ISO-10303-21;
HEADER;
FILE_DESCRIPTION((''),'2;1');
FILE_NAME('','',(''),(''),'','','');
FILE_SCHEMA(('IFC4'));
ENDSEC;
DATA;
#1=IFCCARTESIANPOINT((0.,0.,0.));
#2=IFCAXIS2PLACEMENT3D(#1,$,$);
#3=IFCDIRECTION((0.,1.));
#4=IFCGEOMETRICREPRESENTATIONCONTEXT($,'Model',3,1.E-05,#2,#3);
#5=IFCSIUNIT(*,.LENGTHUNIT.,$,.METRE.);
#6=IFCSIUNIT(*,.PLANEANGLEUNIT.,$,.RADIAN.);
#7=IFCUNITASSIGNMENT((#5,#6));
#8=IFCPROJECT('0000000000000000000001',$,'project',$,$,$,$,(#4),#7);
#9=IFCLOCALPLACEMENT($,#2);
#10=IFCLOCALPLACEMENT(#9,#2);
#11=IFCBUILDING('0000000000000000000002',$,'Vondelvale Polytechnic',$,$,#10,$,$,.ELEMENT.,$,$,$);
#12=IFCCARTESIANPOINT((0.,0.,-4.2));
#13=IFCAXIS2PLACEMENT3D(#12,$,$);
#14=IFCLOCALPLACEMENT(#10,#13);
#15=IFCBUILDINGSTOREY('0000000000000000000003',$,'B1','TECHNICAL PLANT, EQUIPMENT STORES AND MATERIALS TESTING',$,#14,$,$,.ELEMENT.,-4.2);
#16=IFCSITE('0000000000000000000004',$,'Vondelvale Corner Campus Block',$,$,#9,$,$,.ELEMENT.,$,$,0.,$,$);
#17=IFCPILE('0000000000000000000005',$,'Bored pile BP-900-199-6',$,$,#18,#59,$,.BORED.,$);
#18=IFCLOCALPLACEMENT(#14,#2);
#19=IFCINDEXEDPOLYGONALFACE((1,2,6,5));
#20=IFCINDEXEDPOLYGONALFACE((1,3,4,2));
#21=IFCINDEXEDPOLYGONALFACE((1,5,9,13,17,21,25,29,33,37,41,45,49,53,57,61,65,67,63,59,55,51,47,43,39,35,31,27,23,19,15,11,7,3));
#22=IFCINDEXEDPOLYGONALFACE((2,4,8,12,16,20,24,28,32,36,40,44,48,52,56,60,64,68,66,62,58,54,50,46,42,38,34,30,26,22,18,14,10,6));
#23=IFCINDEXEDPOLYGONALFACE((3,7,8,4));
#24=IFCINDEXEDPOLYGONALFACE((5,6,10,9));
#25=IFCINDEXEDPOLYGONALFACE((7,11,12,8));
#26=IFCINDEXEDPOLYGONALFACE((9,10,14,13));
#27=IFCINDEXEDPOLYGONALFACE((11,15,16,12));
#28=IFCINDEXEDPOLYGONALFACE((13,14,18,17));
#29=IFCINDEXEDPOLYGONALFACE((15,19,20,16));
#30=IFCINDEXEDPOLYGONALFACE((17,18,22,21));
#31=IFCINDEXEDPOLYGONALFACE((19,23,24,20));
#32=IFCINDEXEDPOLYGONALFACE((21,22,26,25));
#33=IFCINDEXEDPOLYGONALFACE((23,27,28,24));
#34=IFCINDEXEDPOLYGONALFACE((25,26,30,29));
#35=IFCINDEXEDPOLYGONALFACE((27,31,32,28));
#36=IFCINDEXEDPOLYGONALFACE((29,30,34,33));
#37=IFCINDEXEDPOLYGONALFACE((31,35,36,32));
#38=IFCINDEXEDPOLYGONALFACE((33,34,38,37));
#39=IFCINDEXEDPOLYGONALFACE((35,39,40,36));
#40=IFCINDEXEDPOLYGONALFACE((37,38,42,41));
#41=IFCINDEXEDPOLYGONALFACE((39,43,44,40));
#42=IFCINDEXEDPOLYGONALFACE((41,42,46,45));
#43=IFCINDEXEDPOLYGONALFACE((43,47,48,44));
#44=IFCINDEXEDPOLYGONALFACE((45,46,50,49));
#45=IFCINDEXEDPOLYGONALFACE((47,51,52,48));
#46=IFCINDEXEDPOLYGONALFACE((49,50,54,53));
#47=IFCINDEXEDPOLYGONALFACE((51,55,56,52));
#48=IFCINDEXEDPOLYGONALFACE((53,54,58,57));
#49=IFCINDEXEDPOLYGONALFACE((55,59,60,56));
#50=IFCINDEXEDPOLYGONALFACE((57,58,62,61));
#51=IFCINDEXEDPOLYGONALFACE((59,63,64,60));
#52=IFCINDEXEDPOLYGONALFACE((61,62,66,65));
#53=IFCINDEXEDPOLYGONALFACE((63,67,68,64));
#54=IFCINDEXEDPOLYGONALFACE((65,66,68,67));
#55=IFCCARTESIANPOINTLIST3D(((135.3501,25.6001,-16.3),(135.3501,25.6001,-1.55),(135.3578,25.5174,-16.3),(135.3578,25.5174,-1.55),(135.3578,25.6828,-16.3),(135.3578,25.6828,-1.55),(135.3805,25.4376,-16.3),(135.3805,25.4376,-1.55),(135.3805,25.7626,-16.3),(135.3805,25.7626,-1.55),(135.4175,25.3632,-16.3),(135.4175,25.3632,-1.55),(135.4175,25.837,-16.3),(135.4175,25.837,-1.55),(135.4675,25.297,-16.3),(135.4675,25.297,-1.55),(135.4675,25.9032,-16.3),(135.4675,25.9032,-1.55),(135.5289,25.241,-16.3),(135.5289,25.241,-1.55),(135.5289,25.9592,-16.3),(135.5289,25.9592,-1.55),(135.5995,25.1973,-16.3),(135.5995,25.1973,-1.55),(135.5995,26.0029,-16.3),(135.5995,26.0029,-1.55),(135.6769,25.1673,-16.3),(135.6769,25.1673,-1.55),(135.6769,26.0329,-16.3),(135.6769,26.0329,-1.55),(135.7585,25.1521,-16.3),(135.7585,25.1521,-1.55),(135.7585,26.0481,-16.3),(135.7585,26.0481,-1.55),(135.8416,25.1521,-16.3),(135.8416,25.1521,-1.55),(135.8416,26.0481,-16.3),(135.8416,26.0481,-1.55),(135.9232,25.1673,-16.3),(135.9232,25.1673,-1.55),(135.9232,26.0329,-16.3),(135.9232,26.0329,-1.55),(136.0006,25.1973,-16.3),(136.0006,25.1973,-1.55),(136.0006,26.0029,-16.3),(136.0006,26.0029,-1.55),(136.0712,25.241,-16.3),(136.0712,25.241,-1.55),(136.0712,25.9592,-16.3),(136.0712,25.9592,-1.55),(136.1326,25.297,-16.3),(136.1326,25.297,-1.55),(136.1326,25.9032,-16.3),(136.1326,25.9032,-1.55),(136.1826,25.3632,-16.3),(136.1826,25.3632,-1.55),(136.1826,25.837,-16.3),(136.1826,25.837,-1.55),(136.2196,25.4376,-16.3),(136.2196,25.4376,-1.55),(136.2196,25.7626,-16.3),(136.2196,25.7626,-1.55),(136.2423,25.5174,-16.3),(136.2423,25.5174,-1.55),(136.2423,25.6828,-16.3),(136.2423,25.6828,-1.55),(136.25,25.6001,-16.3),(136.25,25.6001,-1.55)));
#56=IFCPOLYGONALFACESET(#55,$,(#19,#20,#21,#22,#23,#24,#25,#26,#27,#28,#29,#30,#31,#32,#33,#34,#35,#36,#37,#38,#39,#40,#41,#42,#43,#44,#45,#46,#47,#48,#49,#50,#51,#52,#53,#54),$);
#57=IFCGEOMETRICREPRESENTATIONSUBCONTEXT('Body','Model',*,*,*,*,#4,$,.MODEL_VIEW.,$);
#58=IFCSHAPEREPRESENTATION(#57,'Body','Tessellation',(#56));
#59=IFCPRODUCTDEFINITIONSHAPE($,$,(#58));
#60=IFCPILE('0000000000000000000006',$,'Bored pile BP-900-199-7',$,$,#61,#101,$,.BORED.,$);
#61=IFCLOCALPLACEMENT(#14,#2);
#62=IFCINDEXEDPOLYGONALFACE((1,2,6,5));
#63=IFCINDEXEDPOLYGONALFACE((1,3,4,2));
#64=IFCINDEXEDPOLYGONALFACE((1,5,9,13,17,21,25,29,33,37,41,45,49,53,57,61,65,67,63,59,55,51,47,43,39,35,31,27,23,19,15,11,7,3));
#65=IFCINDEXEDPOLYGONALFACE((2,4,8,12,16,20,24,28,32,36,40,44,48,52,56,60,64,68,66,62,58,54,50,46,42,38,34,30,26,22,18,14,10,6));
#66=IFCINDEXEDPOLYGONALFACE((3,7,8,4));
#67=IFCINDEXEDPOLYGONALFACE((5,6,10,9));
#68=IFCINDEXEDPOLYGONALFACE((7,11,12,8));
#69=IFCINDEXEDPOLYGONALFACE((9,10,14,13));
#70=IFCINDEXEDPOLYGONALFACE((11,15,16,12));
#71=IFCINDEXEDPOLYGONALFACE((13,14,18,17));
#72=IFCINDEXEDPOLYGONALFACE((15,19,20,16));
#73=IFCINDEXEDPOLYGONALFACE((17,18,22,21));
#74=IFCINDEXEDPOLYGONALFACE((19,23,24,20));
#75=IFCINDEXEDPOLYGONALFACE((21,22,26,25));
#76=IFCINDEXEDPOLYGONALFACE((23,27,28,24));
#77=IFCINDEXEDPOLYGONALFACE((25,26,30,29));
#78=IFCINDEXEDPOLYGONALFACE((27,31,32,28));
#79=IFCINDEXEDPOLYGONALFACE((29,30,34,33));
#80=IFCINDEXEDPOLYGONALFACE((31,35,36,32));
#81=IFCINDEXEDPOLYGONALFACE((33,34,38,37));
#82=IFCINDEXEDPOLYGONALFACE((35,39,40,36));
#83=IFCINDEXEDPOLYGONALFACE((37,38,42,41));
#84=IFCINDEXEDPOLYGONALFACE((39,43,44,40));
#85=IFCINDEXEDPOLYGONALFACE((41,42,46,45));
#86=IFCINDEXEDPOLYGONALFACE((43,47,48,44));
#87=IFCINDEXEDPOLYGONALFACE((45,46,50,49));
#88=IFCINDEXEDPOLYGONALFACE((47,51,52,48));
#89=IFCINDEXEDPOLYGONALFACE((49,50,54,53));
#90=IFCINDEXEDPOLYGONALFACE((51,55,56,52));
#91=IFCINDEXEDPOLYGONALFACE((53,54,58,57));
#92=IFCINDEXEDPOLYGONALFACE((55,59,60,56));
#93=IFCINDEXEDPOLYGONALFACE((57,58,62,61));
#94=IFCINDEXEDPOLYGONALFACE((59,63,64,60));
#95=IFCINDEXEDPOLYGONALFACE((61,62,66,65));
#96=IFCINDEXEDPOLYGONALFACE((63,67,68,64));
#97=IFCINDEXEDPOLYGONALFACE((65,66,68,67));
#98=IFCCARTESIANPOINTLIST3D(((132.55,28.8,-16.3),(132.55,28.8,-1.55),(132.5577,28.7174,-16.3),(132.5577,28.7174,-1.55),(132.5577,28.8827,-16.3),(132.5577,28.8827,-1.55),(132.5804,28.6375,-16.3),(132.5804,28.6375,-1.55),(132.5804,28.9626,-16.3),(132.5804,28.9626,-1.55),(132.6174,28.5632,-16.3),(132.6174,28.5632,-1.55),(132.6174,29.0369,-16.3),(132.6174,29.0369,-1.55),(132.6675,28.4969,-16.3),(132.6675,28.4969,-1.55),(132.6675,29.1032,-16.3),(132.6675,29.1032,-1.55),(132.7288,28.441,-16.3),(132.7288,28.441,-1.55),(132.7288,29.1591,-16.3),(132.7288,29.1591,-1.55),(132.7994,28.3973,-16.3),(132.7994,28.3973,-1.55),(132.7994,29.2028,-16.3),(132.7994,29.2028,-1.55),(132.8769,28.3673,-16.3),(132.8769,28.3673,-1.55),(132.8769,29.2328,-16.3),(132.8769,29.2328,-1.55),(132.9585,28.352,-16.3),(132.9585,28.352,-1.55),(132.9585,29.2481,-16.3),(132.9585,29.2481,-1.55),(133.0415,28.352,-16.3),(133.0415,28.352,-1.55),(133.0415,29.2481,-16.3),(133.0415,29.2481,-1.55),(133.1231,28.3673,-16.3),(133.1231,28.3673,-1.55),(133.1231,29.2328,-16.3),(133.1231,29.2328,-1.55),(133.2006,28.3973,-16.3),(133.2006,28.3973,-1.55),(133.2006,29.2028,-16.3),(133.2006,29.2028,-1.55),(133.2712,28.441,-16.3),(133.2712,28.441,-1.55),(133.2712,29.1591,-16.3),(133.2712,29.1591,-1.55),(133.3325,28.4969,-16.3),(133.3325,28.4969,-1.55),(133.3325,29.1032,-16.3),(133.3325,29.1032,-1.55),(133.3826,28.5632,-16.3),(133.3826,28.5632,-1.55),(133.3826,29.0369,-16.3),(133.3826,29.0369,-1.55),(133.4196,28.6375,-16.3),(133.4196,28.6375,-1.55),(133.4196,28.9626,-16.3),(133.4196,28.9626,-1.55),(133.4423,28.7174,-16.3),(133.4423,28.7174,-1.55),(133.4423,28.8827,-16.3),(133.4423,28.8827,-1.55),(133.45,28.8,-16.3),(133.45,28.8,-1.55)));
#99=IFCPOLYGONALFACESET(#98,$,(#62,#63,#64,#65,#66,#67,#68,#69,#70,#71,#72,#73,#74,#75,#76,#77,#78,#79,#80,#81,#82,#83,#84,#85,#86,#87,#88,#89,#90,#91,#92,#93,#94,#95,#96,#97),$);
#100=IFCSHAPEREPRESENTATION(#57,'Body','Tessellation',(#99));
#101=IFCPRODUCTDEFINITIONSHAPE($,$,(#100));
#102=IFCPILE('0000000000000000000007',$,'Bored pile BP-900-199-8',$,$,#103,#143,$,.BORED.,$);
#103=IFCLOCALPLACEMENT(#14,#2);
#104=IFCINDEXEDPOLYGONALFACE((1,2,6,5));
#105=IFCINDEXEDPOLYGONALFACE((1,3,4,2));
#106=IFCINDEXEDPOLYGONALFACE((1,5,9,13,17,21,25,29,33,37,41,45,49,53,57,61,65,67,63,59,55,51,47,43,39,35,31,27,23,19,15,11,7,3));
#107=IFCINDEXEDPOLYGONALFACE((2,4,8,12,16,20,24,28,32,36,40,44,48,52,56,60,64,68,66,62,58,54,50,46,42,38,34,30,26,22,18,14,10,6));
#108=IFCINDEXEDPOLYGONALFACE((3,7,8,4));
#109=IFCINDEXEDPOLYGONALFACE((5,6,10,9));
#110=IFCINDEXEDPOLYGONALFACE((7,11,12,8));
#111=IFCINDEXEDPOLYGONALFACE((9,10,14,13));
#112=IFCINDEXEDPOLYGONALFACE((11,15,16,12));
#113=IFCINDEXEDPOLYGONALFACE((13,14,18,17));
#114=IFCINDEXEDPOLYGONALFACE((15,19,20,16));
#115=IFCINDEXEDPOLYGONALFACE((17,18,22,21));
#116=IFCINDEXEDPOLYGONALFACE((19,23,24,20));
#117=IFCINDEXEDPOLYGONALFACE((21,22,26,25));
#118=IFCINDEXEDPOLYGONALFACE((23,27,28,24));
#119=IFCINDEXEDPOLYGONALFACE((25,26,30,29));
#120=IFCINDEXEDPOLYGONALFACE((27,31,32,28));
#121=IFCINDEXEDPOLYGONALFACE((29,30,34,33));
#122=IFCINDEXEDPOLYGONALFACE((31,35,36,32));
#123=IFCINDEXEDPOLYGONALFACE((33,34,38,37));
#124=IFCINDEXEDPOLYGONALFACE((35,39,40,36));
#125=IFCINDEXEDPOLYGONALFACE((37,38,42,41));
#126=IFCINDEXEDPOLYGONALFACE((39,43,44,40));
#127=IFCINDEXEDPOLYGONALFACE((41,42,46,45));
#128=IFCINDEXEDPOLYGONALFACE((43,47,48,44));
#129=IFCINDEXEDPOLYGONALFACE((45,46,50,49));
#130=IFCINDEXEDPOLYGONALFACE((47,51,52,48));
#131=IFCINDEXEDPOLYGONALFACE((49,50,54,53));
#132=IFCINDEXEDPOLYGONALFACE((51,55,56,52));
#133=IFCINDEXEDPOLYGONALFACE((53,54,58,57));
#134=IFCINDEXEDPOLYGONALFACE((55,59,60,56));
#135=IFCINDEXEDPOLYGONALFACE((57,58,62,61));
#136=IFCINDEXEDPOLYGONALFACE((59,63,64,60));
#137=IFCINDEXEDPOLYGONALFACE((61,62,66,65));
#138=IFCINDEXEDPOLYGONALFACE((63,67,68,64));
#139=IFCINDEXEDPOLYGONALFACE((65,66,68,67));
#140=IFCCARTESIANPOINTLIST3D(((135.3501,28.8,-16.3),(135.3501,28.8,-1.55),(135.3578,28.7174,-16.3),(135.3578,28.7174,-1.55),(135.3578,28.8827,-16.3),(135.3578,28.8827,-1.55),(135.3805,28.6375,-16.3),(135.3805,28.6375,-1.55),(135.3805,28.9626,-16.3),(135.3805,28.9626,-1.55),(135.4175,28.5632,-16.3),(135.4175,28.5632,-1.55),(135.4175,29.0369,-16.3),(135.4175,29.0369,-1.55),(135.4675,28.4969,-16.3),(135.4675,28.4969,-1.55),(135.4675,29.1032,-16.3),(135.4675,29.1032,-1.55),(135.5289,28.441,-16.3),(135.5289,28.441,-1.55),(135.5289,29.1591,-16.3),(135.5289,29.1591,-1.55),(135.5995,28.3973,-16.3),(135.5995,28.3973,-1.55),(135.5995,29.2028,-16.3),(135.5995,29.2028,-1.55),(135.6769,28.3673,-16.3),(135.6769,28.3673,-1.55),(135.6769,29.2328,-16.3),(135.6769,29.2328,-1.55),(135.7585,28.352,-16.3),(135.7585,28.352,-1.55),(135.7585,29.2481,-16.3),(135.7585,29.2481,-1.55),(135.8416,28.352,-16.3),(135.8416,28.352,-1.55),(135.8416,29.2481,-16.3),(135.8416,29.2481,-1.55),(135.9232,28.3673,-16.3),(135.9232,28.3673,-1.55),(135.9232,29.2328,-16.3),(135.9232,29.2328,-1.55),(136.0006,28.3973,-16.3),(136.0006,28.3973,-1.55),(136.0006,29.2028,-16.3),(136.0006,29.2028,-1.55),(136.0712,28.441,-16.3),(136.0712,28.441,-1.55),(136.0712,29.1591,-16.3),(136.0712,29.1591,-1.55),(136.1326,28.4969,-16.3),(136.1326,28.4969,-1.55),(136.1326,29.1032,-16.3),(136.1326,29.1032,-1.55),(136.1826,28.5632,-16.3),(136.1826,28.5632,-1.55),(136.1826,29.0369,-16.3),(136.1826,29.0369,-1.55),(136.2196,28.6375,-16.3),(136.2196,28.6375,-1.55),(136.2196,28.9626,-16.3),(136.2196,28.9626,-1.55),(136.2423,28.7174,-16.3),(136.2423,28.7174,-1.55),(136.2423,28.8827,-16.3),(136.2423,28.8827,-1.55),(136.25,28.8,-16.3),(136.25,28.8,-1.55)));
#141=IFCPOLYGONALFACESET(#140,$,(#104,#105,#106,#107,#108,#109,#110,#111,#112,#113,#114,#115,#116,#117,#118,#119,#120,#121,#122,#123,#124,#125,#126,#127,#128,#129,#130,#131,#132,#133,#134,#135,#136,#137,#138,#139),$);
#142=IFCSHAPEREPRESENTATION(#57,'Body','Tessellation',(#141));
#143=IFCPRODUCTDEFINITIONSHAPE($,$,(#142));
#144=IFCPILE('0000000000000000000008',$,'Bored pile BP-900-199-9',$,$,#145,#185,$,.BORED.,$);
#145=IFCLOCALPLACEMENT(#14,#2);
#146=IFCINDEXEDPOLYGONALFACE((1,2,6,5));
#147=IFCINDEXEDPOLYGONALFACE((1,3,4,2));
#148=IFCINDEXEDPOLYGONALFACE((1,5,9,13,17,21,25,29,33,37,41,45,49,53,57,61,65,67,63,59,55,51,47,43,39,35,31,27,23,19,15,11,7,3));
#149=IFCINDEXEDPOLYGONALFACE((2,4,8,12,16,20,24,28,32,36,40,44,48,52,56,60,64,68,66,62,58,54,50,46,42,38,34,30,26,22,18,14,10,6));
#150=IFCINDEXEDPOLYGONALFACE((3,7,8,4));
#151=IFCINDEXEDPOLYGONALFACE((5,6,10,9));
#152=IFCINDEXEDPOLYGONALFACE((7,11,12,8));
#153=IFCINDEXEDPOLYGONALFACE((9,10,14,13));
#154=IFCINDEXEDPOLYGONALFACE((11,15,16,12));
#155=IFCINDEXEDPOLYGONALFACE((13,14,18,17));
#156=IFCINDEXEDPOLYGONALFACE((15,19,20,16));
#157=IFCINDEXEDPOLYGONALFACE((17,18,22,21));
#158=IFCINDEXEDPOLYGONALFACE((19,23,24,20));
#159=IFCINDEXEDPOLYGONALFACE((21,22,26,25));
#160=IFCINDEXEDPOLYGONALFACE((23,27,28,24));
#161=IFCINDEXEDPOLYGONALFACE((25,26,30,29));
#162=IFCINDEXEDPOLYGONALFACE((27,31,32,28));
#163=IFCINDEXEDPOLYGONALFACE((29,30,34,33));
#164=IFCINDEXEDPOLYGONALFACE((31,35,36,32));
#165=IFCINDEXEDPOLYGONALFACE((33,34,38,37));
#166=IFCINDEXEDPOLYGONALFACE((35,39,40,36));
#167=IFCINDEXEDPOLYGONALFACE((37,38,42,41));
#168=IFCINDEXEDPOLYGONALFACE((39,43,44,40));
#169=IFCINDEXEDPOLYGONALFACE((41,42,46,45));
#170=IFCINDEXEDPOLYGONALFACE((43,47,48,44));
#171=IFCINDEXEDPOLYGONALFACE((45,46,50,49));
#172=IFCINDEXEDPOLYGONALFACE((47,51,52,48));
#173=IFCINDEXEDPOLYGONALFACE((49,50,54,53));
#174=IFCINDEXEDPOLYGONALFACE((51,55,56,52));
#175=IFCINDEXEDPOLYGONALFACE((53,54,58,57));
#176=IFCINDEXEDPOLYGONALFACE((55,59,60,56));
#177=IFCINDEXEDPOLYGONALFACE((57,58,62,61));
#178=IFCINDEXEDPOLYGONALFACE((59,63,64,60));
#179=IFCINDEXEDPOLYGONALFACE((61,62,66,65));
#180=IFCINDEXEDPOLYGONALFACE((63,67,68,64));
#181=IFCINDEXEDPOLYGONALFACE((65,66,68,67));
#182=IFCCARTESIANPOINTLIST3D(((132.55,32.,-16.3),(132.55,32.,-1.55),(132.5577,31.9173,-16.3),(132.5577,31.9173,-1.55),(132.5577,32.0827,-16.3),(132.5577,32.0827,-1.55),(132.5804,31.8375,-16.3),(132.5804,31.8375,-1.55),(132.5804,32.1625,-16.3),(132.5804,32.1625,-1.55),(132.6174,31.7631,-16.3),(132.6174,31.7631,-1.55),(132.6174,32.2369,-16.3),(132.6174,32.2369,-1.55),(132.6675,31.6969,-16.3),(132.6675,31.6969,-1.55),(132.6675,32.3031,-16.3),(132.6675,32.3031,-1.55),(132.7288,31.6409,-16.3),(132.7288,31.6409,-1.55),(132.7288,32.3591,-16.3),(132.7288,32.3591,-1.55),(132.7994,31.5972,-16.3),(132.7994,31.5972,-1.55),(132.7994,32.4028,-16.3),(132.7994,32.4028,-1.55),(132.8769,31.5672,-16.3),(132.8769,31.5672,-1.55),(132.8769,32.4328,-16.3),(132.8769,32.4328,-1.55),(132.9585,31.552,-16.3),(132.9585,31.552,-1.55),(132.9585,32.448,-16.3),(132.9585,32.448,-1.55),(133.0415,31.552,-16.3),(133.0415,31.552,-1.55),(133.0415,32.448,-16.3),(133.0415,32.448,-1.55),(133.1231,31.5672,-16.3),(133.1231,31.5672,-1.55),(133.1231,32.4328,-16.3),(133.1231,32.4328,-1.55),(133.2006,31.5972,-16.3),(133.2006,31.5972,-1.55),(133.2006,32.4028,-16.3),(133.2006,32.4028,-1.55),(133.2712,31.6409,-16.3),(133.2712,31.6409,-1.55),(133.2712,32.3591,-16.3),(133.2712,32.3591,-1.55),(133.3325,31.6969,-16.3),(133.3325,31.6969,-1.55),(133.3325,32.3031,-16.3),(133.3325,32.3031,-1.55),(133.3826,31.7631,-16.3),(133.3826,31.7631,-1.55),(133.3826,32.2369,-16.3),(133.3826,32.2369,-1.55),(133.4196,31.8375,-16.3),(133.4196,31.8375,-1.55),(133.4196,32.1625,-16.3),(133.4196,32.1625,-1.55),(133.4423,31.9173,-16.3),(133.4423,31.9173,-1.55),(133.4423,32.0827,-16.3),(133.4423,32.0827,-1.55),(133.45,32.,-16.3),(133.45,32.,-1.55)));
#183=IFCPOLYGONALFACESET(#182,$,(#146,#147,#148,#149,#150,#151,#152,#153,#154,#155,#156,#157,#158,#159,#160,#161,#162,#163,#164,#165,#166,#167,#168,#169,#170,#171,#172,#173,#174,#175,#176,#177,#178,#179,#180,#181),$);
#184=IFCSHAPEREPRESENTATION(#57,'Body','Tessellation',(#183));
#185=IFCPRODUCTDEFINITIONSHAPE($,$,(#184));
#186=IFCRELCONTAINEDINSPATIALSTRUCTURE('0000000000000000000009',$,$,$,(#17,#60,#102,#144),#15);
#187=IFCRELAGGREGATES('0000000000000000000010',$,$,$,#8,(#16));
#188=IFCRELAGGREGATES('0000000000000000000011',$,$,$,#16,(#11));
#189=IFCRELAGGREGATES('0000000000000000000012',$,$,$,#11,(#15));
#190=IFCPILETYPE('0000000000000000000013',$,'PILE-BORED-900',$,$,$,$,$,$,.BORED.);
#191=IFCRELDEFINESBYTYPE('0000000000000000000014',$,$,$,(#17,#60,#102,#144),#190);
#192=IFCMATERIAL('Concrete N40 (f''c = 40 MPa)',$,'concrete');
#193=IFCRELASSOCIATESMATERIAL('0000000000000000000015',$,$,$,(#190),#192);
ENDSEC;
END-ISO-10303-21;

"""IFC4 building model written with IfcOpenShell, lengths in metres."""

from ifc_helpers import new_model, si_unit, direction, frame, origin, origin_2d, place, context, subcontext, project, spatial, circle, extrude, material, material_profile, profile_set, type_object, element, save


model = new_model("IFC4")

# Units and contexts
model_context = context("Model", 3, precision=1e-05, world=origin(), true_north=direction((0.0, 1.0)))
body_context = subcontext(model_context, "Body", "Model", "MODEL_VIEW")
ifc_project = project(units=[si_unit("LENGTHUNIT", "METRE"), si_unit("PLANEANGLEUNIT", "RADIAN")], contexts=[model_context])

# Site, building, storey
site_placement = place(None, origin())
site = spatial("IfcSite", under=ifc_project, at=site_placement, Name="Vondelvale Corner Campus Block", CompositionType="ELEMENT", RefElevation=0.0)
building_placement = place(site_placement, origin())
building = spatial("IfcBuilding", under=site, at=building_placement, Name="Vondelvale Polytechnic", CompositionType="ELEMENT")
storey_placement = place(building_placement, frame((0.0, 0.0, -4.2)))
storey = spatial("IfcBuildingStorey", under=building, at=storey_placement, Name="B1", Description="TECHNICAL PLANT, EQUIPMENT STORES AND MATERIALS TESTING", CompositionType="ELEMENT", Elevation=-4.2)

# Shared definitions
ifc_material_1 = material(Name="Concrete N40 (f'c = 40 MPa)", Category="concrete")

# Piles
ifc_material_profile_1 = material_profile(ifc_material_1, circle(Radius=0.45, at=origin_2d()), Name="PILE-D900")
ifc_profile_set_1 = profile_set([ifc_material_profile_1], Name="Concrete N40 (f'c = 40 MPa)")
pile_type_1 = type_object("IfcPileType", Name="PILE-BORED-900", PredefinedType="BORED", material=ifc_profile_set_1)
for number, where, z_axis, x_axis, name in (
    (1, (135.8, 25.6001, -1.55), (0.0, 0.0, -1.0), (1.0, 0.0, 0.0), "Bored pile BP-900-199-6"),
    (2, (133.0, 28.8, -1.55), (0.0, 0.0, -1.0), (1.0, 0.0, 0.0), "Bored pile BP-900-199-7"),
    (3, (135.8, 28.8, -1.55), (0.0, 0.0, -1.0), (1.0, 0.0, 0.0), "Bored pile BP-900-199-8"),
    (4, (133.0, 32.0, -1.55), (0.0, 0.0, -1.0), (1.0, 0.0, 0.0), "Bored pile BP-900-199-9"),
):
    element("IfcPile", number, at=place(storey_placement, frame(where, z_axis=z_axis, x_axis=x_axis)), inside=storey, type_object=pile_type_1, Name=name, PredefinedType="BORED", context=body_context, shape_type="SweptSolid", body=[
        extrude(circle(Radius=0.45, at=origin_2d()), origin(), (0.0, 0.0, 1.0), 14.75),
    ])

save(model, "model.ifc")
